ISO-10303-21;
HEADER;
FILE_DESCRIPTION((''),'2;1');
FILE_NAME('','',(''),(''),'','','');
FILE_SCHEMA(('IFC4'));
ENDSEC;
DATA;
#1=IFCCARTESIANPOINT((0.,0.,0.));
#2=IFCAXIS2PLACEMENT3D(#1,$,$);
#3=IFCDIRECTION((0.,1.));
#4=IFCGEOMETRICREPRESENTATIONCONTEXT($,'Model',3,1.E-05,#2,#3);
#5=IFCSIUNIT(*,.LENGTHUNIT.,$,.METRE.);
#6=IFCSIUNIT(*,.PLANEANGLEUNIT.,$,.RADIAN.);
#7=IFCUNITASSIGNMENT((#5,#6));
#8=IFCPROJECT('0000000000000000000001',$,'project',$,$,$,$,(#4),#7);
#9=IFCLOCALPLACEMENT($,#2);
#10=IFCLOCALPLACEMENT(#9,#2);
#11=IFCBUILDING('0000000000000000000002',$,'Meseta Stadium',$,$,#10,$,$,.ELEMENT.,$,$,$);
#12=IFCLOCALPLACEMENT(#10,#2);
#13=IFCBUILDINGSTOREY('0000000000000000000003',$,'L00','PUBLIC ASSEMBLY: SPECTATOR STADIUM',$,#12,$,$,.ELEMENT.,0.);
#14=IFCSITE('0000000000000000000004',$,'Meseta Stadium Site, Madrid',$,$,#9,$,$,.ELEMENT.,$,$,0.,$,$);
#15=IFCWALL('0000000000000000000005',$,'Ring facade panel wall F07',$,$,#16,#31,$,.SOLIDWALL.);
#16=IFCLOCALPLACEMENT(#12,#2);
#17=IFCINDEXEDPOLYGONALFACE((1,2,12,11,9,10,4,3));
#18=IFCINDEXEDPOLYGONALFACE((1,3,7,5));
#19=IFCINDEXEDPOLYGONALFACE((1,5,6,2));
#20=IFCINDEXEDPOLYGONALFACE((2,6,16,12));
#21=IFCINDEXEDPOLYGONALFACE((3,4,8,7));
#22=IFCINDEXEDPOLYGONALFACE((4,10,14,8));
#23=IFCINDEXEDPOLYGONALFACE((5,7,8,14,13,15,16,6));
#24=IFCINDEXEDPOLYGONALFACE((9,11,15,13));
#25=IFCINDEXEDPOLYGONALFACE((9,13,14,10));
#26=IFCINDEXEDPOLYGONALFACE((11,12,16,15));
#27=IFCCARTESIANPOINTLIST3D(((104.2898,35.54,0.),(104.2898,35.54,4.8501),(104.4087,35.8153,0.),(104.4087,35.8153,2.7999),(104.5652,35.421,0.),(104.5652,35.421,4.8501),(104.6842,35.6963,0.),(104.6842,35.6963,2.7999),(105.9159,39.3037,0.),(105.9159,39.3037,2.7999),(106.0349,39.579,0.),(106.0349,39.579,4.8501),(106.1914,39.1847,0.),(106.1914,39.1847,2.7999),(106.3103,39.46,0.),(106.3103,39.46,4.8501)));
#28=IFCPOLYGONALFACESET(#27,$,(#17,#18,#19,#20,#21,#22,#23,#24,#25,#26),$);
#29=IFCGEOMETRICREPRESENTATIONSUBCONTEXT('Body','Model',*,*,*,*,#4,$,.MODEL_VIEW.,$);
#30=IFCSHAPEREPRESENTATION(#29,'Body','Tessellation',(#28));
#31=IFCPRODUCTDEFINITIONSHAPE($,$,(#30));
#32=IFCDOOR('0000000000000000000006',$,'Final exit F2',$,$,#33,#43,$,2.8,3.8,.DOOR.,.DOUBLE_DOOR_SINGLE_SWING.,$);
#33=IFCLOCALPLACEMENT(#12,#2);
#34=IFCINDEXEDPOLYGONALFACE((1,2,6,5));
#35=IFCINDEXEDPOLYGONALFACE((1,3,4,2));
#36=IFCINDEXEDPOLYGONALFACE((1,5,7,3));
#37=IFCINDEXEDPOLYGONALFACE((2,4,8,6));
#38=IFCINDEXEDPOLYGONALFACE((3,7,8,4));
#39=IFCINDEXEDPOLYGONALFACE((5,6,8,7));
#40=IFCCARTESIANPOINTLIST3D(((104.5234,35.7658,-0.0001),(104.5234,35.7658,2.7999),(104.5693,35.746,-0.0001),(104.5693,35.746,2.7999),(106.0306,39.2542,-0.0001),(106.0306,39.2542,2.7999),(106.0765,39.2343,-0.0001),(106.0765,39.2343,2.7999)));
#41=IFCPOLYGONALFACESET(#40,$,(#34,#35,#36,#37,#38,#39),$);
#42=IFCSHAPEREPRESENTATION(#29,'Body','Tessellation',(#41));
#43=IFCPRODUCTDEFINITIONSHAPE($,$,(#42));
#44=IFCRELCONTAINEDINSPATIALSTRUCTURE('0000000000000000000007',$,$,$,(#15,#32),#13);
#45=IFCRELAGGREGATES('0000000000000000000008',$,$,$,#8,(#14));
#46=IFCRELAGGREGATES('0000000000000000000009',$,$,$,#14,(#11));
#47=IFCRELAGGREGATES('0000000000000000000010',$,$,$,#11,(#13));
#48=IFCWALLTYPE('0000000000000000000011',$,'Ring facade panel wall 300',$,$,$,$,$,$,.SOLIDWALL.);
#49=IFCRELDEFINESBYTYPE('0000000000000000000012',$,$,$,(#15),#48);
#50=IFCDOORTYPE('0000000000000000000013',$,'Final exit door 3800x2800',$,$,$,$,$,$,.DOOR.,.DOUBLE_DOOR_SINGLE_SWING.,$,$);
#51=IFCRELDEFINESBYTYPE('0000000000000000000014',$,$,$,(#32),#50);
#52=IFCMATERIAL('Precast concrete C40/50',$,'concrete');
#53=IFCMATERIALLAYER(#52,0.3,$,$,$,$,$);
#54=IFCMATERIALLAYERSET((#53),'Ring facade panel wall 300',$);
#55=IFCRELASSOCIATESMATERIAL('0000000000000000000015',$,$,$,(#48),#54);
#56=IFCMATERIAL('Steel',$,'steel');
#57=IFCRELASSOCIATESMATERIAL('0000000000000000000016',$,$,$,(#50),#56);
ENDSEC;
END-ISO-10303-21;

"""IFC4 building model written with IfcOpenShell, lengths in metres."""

from ifc_helpers import new_model, si_unit, direction, frame, frame_2d, origin, place, context, subcontext, project, spatial, rectangle, extrude, material, layer, layer_set, type_object, element, fill, save


model = new_model("IFC4")

# Units and contexts
model_context = context("Model", 3, precision=1e-05, world=origin(), true_north=direction((0.0, 1.0)))
body_context = subcontext(model_context, "Body", "Model", "MODEL_VIEW")
ifc_project = project(units=[si_unit("LENGTHUNIT", "METRE"), si_unit("PLANEANGLEUNIT", "RADIAN")], contexts=[model_context])

# Site, building, storey
site_placement = place(None, origin())
site = spatial("IfcSite", under=ifc_project, at=site_placement, Name="Meseta Stadium Site, Madrid", CompositionType="ELEMENT", RefElevation=0.0)
building_placement = place(site_placement, origin())
building = spatial("IfcBuilding", under=site, at=building_placement, Name="Meseta Stadium", CompositionType="ELEMENT")
storey_placement = place(building_placement, origin())
storey = spatial("IfcBuildingStorey", under=building, at=storey_placement, Name="L00", Description="PUBLIC ASSEMBLY: SPECTATOR STADIUM", CompositionType="ELEMENT", Elevation=0.0)

# Wall, opening, door
ifc_material_1 = material(Name="Precast concrete C40/50", Category="concrete")
ifc_layer_1 = layer(ifc_material_1, 0.3)
ifc_layer_set_1 = layer_set([ifc_layer_1], Name="Ring facade panel wall 300")
wall_type_1 = type_object("IfcWallType", Name="Ring facade panel wall 300", PredefinedType="SOLIDWALL", material=ifc_layer_set_1)
wall_1_placement = place(storey_placement, frame((106.1726, 39.5195, 0.0), z_axis=(0.0, 0.0, 1.0), x_axis=(-0.396623, -0.917982, 0.0)))
wall_1 = element("IfcWall", 1, at=wall_1_placement, inside=storey, type_object=wall_type_1, Name="Ring facade panel wall F07", PredefinedType="SOLIDWALL", context=body_context, shape_type="SweptSolid", body=[
    extrude(rectangle(XDim=4.3999, YDim=0.3, at=frame_2d((2.2, 0.0))), origin(), (0.0, 0.0, 1.0), 4.8501),
])
opening_1_placement = place(wall_1_placement, frame((0.3, 0.0, 0.0)))
opening_1 = element("IfcOpeningElement", 2, at=opening_1_placement, cuts=wall_1, PredefinedType="OPENING", context=body_context, shape_type="SweptSolid", body=[
    extrude(rectangle(XDim=3.8, YDim=2.8, at=frame_2d((1.8999, 1.3999))), frame((0.0, 0.1599, 0.0), z_axis=(0.0, -1.0, 0.0), x_axis=(1.0, 0.0, 0.0)), (0.0, 0.0, 1.0), 0.3201),
])
ifc_material_2 = material(Name="Steel", Category="steel")
door_type_1 = type_object("IfcDoorType", Name="Final exit door 3800x2800", OperationType="DOUBLE_DOOR_SINGLE_SWING", PredefinedType="DOOR", material=ifc_material_2)
door_1_placement = place(opening_1_placement, origin())
door_1 = element("IfcDoor", 3, at=door_1_placement, inside=storey, type_object=door_type_1, Name="Final exit F2", OperationType="DOUBLE_DOOR_SINGLE_SWING", OverallHeight=2.8, OverallWidth=3.8, PredefinedType="DOOR", context=body_context, shape_type="SweptSolid", body=[
    extrude(rectangle(XDim=3.8, YDim=2.8, at=frame_2d((1.8999, 1.3999))), frame((0.0, 0.0249, 0.0), z_axis=(0.0, -1.0, 0.0), x_axis=(1.0, 0.0, 0.0)), (0.0, 0.0, 1.0), 0.05),
])
fill(opening_1, door_1)

save(model, "model.ifc")
